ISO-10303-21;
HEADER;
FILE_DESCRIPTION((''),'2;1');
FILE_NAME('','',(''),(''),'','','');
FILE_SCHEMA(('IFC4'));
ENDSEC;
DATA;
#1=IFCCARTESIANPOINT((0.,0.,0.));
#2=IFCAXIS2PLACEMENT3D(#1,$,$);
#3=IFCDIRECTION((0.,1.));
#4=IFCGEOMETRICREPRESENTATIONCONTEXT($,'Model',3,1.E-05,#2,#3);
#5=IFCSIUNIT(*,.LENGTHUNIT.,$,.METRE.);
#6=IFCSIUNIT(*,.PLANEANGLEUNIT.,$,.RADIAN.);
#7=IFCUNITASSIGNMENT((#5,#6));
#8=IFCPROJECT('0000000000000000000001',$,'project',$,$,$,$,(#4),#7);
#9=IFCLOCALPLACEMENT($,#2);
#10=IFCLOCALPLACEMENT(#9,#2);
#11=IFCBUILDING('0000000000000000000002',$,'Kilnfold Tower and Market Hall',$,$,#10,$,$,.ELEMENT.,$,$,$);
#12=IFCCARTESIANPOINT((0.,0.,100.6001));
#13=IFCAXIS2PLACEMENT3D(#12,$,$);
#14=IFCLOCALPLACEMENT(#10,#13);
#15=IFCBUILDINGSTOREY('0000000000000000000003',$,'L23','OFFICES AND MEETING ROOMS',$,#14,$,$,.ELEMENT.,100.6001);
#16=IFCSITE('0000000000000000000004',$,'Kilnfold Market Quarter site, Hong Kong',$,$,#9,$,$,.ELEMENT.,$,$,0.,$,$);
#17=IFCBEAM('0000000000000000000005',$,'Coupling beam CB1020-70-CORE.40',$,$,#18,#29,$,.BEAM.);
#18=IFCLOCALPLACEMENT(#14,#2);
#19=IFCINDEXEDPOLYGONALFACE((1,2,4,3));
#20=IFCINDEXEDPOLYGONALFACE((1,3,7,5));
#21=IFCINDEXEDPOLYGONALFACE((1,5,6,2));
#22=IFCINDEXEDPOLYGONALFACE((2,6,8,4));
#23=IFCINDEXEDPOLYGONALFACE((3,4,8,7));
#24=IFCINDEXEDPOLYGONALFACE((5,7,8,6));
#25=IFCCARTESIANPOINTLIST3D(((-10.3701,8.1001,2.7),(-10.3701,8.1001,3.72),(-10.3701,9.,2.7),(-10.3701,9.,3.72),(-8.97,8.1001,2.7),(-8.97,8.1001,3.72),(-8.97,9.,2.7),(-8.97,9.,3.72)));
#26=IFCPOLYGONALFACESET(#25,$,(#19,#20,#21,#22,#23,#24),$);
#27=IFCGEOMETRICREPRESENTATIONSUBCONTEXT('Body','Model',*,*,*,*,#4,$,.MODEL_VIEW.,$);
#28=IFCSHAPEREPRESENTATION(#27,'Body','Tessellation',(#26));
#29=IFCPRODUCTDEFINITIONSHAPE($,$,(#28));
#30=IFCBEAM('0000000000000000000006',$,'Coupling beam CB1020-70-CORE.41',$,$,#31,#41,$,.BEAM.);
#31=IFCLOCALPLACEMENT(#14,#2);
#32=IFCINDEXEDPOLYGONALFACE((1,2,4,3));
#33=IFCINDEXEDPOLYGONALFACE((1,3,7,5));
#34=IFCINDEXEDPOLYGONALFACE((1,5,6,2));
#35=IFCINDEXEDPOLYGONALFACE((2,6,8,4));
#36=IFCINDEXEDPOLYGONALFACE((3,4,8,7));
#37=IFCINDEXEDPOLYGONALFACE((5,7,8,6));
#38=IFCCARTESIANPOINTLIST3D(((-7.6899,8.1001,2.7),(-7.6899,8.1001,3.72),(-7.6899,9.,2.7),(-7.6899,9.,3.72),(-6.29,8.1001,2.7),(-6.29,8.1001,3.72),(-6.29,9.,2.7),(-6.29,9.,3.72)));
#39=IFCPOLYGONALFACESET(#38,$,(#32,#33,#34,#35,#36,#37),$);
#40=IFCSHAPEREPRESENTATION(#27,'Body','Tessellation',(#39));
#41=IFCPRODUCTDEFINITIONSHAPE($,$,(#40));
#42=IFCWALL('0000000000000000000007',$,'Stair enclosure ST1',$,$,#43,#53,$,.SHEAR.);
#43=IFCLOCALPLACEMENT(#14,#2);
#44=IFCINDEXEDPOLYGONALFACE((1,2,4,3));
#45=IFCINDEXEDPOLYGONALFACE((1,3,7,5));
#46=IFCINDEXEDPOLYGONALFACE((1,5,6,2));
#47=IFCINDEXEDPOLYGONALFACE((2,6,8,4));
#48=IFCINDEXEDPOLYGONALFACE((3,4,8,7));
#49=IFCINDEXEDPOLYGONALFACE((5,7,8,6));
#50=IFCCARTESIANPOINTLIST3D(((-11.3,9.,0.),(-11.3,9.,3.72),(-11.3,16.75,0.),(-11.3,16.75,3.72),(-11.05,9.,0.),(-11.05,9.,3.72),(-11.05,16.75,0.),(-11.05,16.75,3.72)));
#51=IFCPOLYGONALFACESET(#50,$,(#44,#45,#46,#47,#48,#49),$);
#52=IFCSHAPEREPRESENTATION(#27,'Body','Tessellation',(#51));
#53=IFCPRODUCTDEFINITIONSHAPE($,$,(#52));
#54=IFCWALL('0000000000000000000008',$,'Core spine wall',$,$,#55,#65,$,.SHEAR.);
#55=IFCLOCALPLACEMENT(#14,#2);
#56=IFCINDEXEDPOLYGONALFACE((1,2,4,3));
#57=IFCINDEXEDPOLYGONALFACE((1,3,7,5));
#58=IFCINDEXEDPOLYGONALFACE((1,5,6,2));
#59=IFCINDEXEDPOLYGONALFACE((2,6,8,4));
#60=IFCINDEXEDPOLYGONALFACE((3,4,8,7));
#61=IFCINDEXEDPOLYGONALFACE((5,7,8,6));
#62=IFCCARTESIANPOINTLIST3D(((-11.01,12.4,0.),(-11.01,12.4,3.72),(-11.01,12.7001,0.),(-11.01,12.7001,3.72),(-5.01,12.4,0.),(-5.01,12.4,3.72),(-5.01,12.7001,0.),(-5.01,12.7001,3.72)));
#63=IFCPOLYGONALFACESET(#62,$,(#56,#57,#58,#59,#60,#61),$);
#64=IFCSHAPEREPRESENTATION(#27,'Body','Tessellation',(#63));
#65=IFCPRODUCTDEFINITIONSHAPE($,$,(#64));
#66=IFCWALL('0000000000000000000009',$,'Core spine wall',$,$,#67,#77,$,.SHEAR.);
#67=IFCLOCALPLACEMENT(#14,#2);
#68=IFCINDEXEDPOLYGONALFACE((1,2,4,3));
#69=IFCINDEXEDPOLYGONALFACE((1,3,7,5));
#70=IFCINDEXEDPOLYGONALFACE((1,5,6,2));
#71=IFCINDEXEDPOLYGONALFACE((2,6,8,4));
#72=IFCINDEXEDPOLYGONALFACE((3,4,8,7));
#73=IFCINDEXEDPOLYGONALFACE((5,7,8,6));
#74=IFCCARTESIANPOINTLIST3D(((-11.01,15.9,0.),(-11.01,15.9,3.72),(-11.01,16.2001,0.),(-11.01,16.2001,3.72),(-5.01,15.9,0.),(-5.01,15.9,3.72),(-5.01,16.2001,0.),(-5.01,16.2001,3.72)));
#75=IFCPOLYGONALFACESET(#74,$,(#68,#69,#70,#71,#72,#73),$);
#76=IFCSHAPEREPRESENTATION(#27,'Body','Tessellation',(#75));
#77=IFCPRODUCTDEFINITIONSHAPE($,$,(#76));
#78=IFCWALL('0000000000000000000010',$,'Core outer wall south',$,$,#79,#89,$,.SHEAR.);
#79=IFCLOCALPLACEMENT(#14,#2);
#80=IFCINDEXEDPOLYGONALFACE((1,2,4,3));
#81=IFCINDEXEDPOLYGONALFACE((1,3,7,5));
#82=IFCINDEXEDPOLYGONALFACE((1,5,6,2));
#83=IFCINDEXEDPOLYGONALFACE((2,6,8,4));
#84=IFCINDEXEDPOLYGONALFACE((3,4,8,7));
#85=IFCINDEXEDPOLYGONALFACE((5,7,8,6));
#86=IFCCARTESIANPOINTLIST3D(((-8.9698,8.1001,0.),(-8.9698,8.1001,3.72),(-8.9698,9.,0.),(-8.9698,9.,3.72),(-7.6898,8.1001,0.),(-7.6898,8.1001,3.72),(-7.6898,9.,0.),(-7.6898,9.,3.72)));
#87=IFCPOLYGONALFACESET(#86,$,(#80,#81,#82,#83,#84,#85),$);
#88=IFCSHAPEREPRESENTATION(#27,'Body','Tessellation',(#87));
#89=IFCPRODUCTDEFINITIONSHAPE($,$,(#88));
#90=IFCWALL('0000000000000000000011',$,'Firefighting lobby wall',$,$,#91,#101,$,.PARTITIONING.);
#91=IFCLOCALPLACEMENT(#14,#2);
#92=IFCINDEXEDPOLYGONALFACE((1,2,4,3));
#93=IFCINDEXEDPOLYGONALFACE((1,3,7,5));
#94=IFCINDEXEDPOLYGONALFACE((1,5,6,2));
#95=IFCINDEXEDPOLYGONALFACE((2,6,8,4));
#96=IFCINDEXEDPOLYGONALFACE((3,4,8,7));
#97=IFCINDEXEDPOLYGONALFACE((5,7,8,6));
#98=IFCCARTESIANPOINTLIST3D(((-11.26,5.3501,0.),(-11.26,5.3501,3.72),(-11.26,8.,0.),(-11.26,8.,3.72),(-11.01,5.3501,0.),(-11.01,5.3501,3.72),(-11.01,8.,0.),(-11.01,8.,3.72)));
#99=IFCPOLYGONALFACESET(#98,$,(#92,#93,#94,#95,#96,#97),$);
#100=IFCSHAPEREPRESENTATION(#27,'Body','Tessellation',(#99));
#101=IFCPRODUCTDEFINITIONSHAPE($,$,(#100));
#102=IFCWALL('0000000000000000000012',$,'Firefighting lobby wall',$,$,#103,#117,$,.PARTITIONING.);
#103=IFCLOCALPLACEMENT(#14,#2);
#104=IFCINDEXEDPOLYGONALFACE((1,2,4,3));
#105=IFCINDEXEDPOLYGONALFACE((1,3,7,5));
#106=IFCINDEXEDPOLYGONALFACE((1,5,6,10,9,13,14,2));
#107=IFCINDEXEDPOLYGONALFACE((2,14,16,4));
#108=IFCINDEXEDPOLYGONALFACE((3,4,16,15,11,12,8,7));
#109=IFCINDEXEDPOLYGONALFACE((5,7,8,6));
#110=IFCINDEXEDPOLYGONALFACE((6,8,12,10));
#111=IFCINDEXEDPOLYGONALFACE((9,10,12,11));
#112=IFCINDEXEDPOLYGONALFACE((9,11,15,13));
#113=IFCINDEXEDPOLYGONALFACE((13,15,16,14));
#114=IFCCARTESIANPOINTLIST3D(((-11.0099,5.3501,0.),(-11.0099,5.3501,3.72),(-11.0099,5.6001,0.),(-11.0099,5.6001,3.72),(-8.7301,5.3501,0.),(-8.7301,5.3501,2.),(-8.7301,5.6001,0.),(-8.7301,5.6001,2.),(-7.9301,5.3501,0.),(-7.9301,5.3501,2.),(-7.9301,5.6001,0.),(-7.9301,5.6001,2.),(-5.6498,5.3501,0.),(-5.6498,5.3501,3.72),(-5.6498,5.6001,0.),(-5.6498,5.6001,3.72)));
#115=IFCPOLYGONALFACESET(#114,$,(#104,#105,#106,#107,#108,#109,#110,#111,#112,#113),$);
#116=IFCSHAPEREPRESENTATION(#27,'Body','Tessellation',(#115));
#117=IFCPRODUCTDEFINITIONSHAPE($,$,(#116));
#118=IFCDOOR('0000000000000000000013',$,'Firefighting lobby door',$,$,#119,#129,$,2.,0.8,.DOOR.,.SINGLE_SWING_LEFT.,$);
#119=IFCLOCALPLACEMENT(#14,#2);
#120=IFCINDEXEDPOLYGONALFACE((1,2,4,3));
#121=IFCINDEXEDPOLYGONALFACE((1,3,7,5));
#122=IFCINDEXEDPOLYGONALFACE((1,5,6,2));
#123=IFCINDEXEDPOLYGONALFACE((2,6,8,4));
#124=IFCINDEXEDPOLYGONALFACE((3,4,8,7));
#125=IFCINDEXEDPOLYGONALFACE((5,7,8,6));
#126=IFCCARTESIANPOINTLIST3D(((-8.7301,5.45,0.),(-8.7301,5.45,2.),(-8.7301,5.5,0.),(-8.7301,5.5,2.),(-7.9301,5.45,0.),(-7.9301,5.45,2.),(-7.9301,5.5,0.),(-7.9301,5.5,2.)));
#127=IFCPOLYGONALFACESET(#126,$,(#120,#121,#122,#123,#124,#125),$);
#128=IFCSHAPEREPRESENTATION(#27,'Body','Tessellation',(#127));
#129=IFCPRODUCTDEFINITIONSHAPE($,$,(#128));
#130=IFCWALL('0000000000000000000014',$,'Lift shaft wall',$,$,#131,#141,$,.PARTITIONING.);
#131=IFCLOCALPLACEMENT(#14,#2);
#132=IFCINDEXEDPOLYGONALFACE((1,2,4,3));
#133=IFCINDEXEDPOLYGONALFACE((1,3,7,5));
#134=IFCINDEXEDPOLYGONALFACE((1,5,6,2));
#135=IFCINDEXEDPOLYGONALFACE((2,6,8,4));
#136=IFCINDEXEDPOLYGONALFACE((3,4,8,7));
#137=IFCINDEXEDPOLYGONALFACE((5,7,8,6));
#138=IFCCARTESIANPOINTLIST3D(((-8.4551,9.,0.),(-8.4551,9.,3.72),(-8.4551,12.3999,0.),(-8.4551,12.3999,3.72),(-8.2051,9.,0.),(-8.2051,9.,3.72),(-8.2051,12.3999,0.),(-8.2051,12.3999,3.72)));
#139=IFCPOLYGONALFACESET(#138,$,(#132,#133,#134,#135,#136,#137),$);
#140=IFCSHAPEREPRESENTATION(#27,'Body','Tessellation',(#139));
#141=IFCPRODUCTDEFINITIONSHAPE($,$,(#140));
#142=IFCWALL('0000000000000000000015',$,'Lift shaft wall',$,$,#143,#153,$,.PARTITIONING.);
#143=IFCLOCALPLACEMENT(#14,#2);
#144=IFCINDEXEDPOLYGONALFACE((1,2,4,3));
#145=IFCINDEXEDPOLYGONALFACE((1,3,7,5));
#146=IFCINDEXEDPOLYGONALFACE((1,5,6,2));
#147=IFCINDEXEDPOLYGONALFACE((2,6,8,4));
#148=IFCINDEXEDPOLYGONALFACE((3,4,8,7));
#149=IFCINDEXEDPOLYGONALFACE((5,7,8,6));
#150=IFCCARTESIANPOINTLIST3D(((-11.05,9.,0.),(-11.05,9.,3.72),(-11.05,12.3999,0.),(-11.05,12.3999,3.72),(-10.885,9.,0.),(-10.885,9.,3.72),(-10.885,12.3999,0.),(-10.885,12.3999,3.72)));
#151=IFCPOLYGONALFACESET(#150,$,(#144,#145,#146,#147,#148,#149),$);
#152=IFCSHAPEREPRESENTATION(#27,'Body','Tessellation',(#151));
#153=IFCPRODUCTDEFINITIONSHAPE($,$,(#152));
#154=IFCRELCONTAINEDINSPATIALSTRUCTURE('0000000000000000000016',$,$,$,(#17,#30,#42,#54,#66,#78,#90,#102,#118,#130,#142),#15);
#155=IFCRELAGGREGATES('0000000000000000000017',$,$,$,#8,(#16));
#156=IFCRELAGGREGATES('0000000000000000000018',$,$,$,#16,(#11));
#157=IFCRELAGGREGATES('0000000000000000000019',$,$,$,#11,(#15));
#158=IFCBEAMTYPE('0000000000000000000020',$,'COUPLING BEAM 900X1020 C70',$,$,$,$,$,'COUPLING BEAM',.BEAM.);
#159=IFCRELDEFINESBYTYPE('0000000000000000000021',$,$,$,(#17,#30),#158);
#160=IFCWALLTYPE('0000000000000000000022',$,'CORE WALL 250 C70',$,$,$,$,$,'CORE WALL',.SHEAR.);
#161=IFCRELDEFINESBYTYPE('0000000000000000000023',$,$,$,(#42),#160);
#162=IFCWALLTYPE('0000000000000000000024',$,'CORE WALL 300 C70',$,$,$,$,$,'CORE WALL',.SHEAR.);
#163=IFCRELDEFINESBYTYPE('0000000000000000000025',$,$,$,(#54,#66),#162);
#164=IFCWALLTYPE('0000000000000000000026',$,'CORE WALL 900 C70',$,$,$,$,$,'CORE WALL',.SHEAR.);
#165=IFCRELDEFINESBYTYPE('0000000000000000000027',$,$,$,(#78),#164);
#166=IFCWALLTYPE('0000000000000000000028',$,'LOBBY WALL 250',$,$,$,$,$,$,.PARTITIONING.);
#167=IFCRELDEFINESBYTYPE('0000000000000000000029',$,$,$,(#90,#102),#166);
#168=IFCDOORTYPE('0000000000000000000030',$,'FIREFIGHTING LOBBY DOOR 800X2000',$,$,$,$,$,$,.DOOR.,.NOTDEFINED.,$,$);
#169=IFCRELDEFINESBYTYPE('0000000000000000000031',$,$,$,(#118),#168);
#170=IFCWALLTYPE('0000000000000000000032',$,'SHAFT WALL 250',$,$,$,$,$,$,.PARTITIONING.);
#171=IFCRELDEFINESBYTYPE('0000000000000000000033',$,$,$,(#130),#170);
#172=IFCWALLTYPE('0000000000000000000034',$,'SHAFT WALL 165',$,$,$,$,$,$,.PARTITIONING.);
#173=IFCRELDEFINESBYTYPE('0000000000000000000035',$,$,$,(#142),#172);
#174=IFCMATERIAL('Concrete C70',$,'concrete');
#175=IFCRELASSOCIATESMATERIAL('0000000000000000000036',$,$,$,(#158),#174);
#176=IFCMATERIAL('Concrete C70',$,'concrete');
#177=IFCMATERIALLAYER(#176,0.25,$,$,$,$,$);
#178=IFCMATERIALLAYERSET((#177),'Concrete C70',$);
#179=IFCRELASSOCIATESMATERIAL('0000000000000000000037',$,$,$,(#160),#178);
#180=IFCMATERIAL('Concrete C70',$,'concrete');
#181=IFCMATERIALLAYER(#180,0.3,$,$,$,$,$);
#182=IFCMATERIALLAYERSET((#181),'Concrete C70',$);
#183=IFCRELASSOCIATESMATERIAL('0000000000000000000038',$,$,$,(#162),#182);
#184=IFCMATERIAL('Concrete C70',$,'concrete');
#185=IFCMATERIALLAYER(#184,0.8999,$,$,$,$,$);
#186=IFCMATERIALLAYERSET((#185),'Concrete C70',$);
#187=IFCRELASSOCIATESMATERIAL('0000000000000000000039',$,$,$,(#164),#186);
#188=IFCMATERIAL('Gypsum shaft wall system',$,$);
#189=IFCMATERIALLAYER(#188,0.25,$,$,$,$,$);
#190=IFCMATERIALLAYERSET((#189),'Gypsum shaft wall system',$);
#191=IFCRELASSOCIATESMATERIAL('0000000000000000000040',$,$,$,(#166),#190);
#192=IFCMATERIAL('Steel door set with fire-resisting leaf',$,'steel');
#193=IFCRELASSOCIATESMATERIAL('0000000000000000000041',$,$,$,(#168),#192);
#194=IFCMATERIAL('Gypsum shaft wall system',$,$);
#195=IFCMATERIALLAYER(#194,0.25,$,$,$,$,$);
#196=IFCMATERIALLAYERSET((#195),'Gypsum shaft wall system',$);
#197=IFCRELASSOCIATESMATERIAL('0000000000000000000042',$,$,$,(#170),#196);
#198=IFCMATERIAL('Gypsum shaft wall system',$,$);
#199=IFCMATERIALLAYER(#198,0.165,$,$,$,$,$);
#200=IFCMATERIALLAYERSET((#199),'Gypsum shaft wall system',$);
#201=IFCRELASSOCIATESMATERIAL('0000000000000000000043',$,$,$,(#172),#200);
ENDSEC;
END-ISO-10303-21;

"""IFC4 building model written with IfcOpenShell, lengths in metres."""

from ifc_helpers import new_model, si_unit, direction, frame, frame_2d, origin, origin_2d, place, context, subcontext, project, spatial, rectangle, extrude, source, transform, mapped, material, layer, layer_set, material_profile, profile_set, type_object, element, fill, save


model = new_model("IFC4")

# Units and contexts
model_context = context("Model", 3, precision=1e-05, world=origin(), true_north=direction((0.0, 1.0)))
body_context = subcontext(model_context, "Body", "Model", "MODEL_VIEW")
ifc_project = project(units=[si_unit("LENGTHUNIT", "METRE"), si_unit("PLANEANGLEUNIT", "RADIAN")], contexts=[model_context])

# Site, building, storey
site_placement = place(None, origin())
site = spatial("IfcSite", under=ifc_project, at=site_placement, Name="Kilnfold Market Quarter site, Hong Kong", CompositionType="ELEMENT", RefElevation=0.0)
building_placement = place(site_placement, origin())
building = spatial("IfcBuilding", under=site, at=building_placement, Name="Kilnfold Tower and Market Hall", CompositionType="ELEMENT")
storey_placement = place(building_placement, frame((0.0, 0.0, 100.6001)))
storey = spatial("IfcBuildingStorey", under=building, at=storey_placement, Name="L23", Description="OFFICES AND MEETING ROOMS", CompositionType="ELEMENT", Elevation=100.6001)

# Beams
ifc_material_1 = material(Name="Concrete C70", Category="concrete")
ifc_material_profile = material_profile(ifc_material_1, rectangle(XDim=0.8999, YDim=1.02, at=origin_2d()), Name="RC 900x1020")
ifc_profile_set = profile_set([ifc_material_profile], Name="Concrete C70")
beam_type = type_object("IfcBeamType", Name="COUPLING BEAM 900X1020 C70", ElementType="COUPLING BEAM", PredefinedType="BEAM", material=ifc_profile_set)
shared_shape_1 = source(origin(), body_context, "Body", "SweptSolid", [
    extrude(rectangle(XDim=0.8999, YDim=1.02, at=origin_2d()), origin(), (0.0, 0.0, 1.0), 1.4001),
])
beam_1_placement = place(storey_placement, frame((-10.3701, 8.55, 3.21), z_axis=(1.0, 0.0, 0.0), x_axis=(0.0, 1.0, 0.0)))
element("IfcBeam", 1, at=beam_1_placement, inside=storey, type_object=beam_type, Name="Coupling beam CB1020-70-CORE.40", PredefinedType="BEAM", context=body_context, shape_type="MappedRepresentation", body=[
    mapped(shared_shape_1, transform((0.0, 0.0, 0.0))),
])
shared_shape_2 = source(origin(), body_context, "Body", "SweptSolid", [
    extrude(rectangle(XDim=0.8999, YDim=1.02, at=origin_2d()), origin(), (0.0, 0.0, 1.0), 1.3999),
])
beam_2_placement = place(storey_placement, frame((-7.6899, 8.55, 3.21), z_axis=(1.0, 0.0, 0.0), x_axis=(0.0, 1.0, 0.0)))
element("IfcBeam", 2, at=beam_2_placement, inside=storey, type_object=beam_type, Name="Coupling beam CB1020-70-CORE.41", PredefinedType="BEAM", context=body_context, shape_type="MappedRepresentation", body=[
    mapped(shared_shape_2, transform((0.0, 0.0, 0.0))),
])

# Walls
ifc_material_2 = material(Name="Concrete C70", Category="concrete")
ifc_layer_1 = layer(ifc_material_2, 0.25)
ifc_layer_set_1 = layer_set([ifc_layer_1], Name="Concrete C70")
wall_type_1 = type_object("IfcWallType", Name="CORE WALL 250 C70", ElementType="CORE WALL", PredefinedType="SHEAR", material=ifc_layer_set_1)
shared_shape_3 = source(origin(), body_context, "Body", "SweptSolid", [
    extrude(rectangle(XDim=7.75, YDim=0.25, at=frame_2d((3.875, 0.0))), origin(), (0.0, 0.0, 1.0), 3.72),
])
wall_1_placement = place(storey_placement, frame((-11.175, 9.0, 0.0), z_axis=(0.0, 0.0, 1.0), x_axis=(0.0, 1.0, 0.0)))
element("IfcWall", 3, at=wall_1_placement, inside=storey, type_object=wall_type_1, Name="Stair enclosure ST1", PredefinedType="SHEAR", context=body_context, shape_type="MappedRepresentation", body=[
    mapped(shared_shape_3, transform((0.0, 0.0, 0.0))),
])
ifc_material_3 = material(Name="Concrete C70", Category="concrete")
ifc_layer_2 = layer(ifc_material_3, 0.3)
ifc_layer_set_2 = layer_set([ifc_layer_2], Name="Concrete C70")
wall_type_2 = type_object("IfcWallType", Name="CORE WALL 300 C70", ElementType="CORE WALL", PredefinedType="SHEAR", material=ifc_layer_set_2)
shared_shape_4 = source(origin(), body_context, "Body", "SweptSolid", [
    extrude(rectangle(XDim=6.0, YDim=0.3, at=frame_2d((3.0, 0.0))), origin(), (0.0, 0.0, 1.0), 3.72),
])
for number, where, z_axis, x_axis, name in (
    (4, (-11.01, 12.55, 0.0), (0.0, 0.0, 1.0), (1.0, 0.0, 0.0), "Core spine wall"),
    (5, (-11.01, 16.05, 0.0), (0.0, 0.0, 1.0), (1.0, 0.0, 0.0), "Core spine wall"),
):
    element("IfcWall", number, at=place(storey_placement, frame(where, z_axis=z_axis, x_axis=x_axis)), inside=storey, type_object=wall_type_2, Name=name, PredefinedType="SHEAR", context=body_context, shape_type="MappedRepresentation", body=[
        mapped(shared_shape_4, transform((0.0, 0.0, 0.0))),
    ])
ifc_material_4 = material(Name="Concrete C70", Category="concrete")
ifc_layer_3 = layer(ifc_material_4, 0.8999)
ifc_layer_set_3 = layer_set([ifc_layer_3], Name="Concrete C70")
wall_type_3 = type_object("IfcWallType", Name="CORE WALL 900 C70", ElementType="CORE WALL", PredefinedType="SHEAR", material=ifc_layer_set_3)
shared_shape_5 = source(origin(), body_context, "Body", "SweptSolid", [
    extrude(rectangle(XDim=1.28, YDim=0.8999, at=frame_2d((0.6401, 0.0))), origin(), (0.0, 0.0, 1.0), 3.72),
])
wall_2_placement = place(storey_placement, frame((-8.97, 8.55, 0.0), z_axis=(0.0, 0.0, 1.0), x_axis=(1.0, 0.0, 0.0)))
element("IfcWall", 6, at=wall_2_placement, inside=storey, type_object=wall_type_3, Name="Core outer wall south", PredefinedType="SHEAR", context=body_context, shape_type="MappedRepresentation", body=[
    mapped(shared_shape_5, transform((0.0, 0.0, 0.0))),
])
ifc_material_5 = material(Name="Gypsum shaft wall system")
ifc_layer_4 = layer(ifc_material_5, 0.25)
ifc_layer_set_4 = layer_set([ifc_layer_4], Name="Gypsum shaft wall system")
wall_type_4 = type_object("IfcWallType", Name="LOBBY WALL 250", PredefinedType="PARTITIONING", material=ifc_layer_set_4)
shared_shape_6 = source(origin(), body_context, "Body", "SweptSolid", [
    extrude(rectangle(XDim=2.6499, YDim=0.25, at=frame_2d((1.325, 0.0))), origin(), (0.0, 0.0, 1.0), 3.72),
])
wall_3_placement = place(storey_placement, frame((-11.135, 5.3501, 0.0), z_axis=(0.0, 0.0, 1.0), x_axis=(0.0, 1.0, 0.0)))
element("IfcWall", 7, at=wall_3_placement, inside=storey, type_object=wall_type_4, Name="Firefighting lobby wall", PredefinedType="PARTITIONING", context=body_context, shape_type="MappedRepresentation", body=[
    mapped(shared_shape_6, transform((0.0, 0.0, 0.0))),
])

# Wall, opening, door
shared_shape_7 = source(origin(), body_context, "Body", "SweptSolid", [
    extrude(rectangle(XDim=5.3601, YDim=0.25, at=frame_2d((2.6802, 0.0))), origin(), (0.0, 0.0, 1.0), 3.72),
])
wall_4_placement = place(storey_placement, frame((-11.01, 5.4751, 0.0), z_axis=(0.0, 0.0, 1.0), x_axis=(1.0, 0.0, 0.0)))
wall_4 = element("IfcWall", 8, at=wall_4_placement, inside=storey, type_object=wall_type_4, Name="Firefighting lobby wall", PredefinedType="PARTITIONING", context=body_context, shape_type="MappedRepresentation", body=[
    mapped(shared_shape_7, transform((0.0, 0.0, 0.0))),
])
opening_1_placement = place(wall_4_placement, frame((2.28, 0.0, 0.0)))
opening_1 = element("IfcOpeningElement", 9, at=opening_1_placement, cuts=wall_4, PredefinedType="OPENING", context=body_context, shape_type="SweptSolid", body=[
    extrude(rectangle(XDim=0.8, YDim=2.0, at=frame_2d((0.3999, 1.0))), frame((0.0, 0.135, 0.0), z_axis=(0.0, -1.0, 0.0), x_axis=(1.0, 0.0, 0.0)), (0.0, 0.0, 1.0), 0.27),
])
ifc_material_6 = material(Name="Steel door set with fire-resisting leaf", Category="steel")
door_type_1 = type_object("IfcDoorType", Name="FIREFIGHTING LOBBY DOOR 800X2000", OperationType="NOTDEFINED", PredefinedType="DOOR", material=ifc_material_6)
door_1_placement = place(opening_1_placement, origin())
door_1 = element("IfcDoor", 10, at=door_1_placement, inside=storey, type_object=door_type_1, Name="Firefighting lobby door", OperationType="SINGLE_SWING_LEFT", OverallHeight=2.0, OverallWidth=0.8, PredefinedType="DOOR", context=body_context, shape_type="SweptSolid", body=[
    extrude(rectangle(XDim=0.8, YDim=2.0, at=frame_2d((0.3999, 1.0))), frame((0.0, 0.0249, 0.0), z_axis=(0.0, -1.0, 0.0), x_axis=(1.0, 0.0, 0.0)), (0.0, 0.0, 1.0), 0.05),
])
fill(opening_1, door_1)

# Walls
ifc_material_7 = material(Name="Gypsum shaft wall system")
ifc_layer_5 = layer(ifc_material_7, 0.25)
ifc_layer_set_5 = layer_set([ifc_layer_5], Name="Gypsum shaft wall system")
wall_type_5 = type_object("IfcWallType", Name="SHAFT WALL 250", PredefinedType="PARTITIONING", material=ifc_layer_set_5)
shared_shape_8 = source(origin(), body_context, "Body", "SweptSolid", [
    extrude(rectangle(XDim=3.3999, YDim=0.25, at=frame_2d((1.7, 0.0))), origin(), (0.0, 0.0, 1.0), 3.72),
])
wall_5_placement = place(storey_placement, frame((-8.3301, 9.0, 0.0), z_axis=(0.0, 0.0, 1.0), x_axis=(0.0, 1.0, 0.0)))
element("IfcWall", 11, at=wall_5_placement, inside=storey, type_object=wall_type_5, Name="Lift shaft wall", PredefinedType="PARTITIONING", context=body_context, shape_type="MappedRepresentation", body=[
    mapped(shared_shape_8, transform((0.0, 0.0, 0.0))),
])
ifc_material_8 = material(Name="Gypsum shaft wall system")
ifc_layer_6 = layer(ifc_material_8, 0.165)
ifc_layer_set_6 = layer_set([ifc_layer_6], Name="Gypsum shaft wall system")
wall_type_6 = type_object("IfcWallType", Name="SHAFT WALL 165", PredefinedType="PARTITIONING", material=ifc_layer_set_6)
shared_shape_9 = source(origin(), body_context, "Body", "SweptSolid", [
    extrude(rectangle(XDim=3.3999, YDim=0.165, at=frame_2d((1.7, 0.0))), origin(), (0.0, 0.0, 1.0), 3.72),
])
wall_6_placement = place(storey_placement, frame((-10.9675, 9.0, 0.0), z_axis=(0.0, 0.0, 1.0), x_axis=(0.0, 1.0, 0.0)))
element("IfcWall", 12, at=wall_6_placement, inside=storey, type_object=wall_type_6, Name="Lift shaft wall", PredefinedType="PARTITIONING", context=body_context, shape_type="MappedRepresentation", body=[
    mapped(shared_shape_9, transform((0.0, 0.0, 0.0))),
])

save(model, "model.ifc")
